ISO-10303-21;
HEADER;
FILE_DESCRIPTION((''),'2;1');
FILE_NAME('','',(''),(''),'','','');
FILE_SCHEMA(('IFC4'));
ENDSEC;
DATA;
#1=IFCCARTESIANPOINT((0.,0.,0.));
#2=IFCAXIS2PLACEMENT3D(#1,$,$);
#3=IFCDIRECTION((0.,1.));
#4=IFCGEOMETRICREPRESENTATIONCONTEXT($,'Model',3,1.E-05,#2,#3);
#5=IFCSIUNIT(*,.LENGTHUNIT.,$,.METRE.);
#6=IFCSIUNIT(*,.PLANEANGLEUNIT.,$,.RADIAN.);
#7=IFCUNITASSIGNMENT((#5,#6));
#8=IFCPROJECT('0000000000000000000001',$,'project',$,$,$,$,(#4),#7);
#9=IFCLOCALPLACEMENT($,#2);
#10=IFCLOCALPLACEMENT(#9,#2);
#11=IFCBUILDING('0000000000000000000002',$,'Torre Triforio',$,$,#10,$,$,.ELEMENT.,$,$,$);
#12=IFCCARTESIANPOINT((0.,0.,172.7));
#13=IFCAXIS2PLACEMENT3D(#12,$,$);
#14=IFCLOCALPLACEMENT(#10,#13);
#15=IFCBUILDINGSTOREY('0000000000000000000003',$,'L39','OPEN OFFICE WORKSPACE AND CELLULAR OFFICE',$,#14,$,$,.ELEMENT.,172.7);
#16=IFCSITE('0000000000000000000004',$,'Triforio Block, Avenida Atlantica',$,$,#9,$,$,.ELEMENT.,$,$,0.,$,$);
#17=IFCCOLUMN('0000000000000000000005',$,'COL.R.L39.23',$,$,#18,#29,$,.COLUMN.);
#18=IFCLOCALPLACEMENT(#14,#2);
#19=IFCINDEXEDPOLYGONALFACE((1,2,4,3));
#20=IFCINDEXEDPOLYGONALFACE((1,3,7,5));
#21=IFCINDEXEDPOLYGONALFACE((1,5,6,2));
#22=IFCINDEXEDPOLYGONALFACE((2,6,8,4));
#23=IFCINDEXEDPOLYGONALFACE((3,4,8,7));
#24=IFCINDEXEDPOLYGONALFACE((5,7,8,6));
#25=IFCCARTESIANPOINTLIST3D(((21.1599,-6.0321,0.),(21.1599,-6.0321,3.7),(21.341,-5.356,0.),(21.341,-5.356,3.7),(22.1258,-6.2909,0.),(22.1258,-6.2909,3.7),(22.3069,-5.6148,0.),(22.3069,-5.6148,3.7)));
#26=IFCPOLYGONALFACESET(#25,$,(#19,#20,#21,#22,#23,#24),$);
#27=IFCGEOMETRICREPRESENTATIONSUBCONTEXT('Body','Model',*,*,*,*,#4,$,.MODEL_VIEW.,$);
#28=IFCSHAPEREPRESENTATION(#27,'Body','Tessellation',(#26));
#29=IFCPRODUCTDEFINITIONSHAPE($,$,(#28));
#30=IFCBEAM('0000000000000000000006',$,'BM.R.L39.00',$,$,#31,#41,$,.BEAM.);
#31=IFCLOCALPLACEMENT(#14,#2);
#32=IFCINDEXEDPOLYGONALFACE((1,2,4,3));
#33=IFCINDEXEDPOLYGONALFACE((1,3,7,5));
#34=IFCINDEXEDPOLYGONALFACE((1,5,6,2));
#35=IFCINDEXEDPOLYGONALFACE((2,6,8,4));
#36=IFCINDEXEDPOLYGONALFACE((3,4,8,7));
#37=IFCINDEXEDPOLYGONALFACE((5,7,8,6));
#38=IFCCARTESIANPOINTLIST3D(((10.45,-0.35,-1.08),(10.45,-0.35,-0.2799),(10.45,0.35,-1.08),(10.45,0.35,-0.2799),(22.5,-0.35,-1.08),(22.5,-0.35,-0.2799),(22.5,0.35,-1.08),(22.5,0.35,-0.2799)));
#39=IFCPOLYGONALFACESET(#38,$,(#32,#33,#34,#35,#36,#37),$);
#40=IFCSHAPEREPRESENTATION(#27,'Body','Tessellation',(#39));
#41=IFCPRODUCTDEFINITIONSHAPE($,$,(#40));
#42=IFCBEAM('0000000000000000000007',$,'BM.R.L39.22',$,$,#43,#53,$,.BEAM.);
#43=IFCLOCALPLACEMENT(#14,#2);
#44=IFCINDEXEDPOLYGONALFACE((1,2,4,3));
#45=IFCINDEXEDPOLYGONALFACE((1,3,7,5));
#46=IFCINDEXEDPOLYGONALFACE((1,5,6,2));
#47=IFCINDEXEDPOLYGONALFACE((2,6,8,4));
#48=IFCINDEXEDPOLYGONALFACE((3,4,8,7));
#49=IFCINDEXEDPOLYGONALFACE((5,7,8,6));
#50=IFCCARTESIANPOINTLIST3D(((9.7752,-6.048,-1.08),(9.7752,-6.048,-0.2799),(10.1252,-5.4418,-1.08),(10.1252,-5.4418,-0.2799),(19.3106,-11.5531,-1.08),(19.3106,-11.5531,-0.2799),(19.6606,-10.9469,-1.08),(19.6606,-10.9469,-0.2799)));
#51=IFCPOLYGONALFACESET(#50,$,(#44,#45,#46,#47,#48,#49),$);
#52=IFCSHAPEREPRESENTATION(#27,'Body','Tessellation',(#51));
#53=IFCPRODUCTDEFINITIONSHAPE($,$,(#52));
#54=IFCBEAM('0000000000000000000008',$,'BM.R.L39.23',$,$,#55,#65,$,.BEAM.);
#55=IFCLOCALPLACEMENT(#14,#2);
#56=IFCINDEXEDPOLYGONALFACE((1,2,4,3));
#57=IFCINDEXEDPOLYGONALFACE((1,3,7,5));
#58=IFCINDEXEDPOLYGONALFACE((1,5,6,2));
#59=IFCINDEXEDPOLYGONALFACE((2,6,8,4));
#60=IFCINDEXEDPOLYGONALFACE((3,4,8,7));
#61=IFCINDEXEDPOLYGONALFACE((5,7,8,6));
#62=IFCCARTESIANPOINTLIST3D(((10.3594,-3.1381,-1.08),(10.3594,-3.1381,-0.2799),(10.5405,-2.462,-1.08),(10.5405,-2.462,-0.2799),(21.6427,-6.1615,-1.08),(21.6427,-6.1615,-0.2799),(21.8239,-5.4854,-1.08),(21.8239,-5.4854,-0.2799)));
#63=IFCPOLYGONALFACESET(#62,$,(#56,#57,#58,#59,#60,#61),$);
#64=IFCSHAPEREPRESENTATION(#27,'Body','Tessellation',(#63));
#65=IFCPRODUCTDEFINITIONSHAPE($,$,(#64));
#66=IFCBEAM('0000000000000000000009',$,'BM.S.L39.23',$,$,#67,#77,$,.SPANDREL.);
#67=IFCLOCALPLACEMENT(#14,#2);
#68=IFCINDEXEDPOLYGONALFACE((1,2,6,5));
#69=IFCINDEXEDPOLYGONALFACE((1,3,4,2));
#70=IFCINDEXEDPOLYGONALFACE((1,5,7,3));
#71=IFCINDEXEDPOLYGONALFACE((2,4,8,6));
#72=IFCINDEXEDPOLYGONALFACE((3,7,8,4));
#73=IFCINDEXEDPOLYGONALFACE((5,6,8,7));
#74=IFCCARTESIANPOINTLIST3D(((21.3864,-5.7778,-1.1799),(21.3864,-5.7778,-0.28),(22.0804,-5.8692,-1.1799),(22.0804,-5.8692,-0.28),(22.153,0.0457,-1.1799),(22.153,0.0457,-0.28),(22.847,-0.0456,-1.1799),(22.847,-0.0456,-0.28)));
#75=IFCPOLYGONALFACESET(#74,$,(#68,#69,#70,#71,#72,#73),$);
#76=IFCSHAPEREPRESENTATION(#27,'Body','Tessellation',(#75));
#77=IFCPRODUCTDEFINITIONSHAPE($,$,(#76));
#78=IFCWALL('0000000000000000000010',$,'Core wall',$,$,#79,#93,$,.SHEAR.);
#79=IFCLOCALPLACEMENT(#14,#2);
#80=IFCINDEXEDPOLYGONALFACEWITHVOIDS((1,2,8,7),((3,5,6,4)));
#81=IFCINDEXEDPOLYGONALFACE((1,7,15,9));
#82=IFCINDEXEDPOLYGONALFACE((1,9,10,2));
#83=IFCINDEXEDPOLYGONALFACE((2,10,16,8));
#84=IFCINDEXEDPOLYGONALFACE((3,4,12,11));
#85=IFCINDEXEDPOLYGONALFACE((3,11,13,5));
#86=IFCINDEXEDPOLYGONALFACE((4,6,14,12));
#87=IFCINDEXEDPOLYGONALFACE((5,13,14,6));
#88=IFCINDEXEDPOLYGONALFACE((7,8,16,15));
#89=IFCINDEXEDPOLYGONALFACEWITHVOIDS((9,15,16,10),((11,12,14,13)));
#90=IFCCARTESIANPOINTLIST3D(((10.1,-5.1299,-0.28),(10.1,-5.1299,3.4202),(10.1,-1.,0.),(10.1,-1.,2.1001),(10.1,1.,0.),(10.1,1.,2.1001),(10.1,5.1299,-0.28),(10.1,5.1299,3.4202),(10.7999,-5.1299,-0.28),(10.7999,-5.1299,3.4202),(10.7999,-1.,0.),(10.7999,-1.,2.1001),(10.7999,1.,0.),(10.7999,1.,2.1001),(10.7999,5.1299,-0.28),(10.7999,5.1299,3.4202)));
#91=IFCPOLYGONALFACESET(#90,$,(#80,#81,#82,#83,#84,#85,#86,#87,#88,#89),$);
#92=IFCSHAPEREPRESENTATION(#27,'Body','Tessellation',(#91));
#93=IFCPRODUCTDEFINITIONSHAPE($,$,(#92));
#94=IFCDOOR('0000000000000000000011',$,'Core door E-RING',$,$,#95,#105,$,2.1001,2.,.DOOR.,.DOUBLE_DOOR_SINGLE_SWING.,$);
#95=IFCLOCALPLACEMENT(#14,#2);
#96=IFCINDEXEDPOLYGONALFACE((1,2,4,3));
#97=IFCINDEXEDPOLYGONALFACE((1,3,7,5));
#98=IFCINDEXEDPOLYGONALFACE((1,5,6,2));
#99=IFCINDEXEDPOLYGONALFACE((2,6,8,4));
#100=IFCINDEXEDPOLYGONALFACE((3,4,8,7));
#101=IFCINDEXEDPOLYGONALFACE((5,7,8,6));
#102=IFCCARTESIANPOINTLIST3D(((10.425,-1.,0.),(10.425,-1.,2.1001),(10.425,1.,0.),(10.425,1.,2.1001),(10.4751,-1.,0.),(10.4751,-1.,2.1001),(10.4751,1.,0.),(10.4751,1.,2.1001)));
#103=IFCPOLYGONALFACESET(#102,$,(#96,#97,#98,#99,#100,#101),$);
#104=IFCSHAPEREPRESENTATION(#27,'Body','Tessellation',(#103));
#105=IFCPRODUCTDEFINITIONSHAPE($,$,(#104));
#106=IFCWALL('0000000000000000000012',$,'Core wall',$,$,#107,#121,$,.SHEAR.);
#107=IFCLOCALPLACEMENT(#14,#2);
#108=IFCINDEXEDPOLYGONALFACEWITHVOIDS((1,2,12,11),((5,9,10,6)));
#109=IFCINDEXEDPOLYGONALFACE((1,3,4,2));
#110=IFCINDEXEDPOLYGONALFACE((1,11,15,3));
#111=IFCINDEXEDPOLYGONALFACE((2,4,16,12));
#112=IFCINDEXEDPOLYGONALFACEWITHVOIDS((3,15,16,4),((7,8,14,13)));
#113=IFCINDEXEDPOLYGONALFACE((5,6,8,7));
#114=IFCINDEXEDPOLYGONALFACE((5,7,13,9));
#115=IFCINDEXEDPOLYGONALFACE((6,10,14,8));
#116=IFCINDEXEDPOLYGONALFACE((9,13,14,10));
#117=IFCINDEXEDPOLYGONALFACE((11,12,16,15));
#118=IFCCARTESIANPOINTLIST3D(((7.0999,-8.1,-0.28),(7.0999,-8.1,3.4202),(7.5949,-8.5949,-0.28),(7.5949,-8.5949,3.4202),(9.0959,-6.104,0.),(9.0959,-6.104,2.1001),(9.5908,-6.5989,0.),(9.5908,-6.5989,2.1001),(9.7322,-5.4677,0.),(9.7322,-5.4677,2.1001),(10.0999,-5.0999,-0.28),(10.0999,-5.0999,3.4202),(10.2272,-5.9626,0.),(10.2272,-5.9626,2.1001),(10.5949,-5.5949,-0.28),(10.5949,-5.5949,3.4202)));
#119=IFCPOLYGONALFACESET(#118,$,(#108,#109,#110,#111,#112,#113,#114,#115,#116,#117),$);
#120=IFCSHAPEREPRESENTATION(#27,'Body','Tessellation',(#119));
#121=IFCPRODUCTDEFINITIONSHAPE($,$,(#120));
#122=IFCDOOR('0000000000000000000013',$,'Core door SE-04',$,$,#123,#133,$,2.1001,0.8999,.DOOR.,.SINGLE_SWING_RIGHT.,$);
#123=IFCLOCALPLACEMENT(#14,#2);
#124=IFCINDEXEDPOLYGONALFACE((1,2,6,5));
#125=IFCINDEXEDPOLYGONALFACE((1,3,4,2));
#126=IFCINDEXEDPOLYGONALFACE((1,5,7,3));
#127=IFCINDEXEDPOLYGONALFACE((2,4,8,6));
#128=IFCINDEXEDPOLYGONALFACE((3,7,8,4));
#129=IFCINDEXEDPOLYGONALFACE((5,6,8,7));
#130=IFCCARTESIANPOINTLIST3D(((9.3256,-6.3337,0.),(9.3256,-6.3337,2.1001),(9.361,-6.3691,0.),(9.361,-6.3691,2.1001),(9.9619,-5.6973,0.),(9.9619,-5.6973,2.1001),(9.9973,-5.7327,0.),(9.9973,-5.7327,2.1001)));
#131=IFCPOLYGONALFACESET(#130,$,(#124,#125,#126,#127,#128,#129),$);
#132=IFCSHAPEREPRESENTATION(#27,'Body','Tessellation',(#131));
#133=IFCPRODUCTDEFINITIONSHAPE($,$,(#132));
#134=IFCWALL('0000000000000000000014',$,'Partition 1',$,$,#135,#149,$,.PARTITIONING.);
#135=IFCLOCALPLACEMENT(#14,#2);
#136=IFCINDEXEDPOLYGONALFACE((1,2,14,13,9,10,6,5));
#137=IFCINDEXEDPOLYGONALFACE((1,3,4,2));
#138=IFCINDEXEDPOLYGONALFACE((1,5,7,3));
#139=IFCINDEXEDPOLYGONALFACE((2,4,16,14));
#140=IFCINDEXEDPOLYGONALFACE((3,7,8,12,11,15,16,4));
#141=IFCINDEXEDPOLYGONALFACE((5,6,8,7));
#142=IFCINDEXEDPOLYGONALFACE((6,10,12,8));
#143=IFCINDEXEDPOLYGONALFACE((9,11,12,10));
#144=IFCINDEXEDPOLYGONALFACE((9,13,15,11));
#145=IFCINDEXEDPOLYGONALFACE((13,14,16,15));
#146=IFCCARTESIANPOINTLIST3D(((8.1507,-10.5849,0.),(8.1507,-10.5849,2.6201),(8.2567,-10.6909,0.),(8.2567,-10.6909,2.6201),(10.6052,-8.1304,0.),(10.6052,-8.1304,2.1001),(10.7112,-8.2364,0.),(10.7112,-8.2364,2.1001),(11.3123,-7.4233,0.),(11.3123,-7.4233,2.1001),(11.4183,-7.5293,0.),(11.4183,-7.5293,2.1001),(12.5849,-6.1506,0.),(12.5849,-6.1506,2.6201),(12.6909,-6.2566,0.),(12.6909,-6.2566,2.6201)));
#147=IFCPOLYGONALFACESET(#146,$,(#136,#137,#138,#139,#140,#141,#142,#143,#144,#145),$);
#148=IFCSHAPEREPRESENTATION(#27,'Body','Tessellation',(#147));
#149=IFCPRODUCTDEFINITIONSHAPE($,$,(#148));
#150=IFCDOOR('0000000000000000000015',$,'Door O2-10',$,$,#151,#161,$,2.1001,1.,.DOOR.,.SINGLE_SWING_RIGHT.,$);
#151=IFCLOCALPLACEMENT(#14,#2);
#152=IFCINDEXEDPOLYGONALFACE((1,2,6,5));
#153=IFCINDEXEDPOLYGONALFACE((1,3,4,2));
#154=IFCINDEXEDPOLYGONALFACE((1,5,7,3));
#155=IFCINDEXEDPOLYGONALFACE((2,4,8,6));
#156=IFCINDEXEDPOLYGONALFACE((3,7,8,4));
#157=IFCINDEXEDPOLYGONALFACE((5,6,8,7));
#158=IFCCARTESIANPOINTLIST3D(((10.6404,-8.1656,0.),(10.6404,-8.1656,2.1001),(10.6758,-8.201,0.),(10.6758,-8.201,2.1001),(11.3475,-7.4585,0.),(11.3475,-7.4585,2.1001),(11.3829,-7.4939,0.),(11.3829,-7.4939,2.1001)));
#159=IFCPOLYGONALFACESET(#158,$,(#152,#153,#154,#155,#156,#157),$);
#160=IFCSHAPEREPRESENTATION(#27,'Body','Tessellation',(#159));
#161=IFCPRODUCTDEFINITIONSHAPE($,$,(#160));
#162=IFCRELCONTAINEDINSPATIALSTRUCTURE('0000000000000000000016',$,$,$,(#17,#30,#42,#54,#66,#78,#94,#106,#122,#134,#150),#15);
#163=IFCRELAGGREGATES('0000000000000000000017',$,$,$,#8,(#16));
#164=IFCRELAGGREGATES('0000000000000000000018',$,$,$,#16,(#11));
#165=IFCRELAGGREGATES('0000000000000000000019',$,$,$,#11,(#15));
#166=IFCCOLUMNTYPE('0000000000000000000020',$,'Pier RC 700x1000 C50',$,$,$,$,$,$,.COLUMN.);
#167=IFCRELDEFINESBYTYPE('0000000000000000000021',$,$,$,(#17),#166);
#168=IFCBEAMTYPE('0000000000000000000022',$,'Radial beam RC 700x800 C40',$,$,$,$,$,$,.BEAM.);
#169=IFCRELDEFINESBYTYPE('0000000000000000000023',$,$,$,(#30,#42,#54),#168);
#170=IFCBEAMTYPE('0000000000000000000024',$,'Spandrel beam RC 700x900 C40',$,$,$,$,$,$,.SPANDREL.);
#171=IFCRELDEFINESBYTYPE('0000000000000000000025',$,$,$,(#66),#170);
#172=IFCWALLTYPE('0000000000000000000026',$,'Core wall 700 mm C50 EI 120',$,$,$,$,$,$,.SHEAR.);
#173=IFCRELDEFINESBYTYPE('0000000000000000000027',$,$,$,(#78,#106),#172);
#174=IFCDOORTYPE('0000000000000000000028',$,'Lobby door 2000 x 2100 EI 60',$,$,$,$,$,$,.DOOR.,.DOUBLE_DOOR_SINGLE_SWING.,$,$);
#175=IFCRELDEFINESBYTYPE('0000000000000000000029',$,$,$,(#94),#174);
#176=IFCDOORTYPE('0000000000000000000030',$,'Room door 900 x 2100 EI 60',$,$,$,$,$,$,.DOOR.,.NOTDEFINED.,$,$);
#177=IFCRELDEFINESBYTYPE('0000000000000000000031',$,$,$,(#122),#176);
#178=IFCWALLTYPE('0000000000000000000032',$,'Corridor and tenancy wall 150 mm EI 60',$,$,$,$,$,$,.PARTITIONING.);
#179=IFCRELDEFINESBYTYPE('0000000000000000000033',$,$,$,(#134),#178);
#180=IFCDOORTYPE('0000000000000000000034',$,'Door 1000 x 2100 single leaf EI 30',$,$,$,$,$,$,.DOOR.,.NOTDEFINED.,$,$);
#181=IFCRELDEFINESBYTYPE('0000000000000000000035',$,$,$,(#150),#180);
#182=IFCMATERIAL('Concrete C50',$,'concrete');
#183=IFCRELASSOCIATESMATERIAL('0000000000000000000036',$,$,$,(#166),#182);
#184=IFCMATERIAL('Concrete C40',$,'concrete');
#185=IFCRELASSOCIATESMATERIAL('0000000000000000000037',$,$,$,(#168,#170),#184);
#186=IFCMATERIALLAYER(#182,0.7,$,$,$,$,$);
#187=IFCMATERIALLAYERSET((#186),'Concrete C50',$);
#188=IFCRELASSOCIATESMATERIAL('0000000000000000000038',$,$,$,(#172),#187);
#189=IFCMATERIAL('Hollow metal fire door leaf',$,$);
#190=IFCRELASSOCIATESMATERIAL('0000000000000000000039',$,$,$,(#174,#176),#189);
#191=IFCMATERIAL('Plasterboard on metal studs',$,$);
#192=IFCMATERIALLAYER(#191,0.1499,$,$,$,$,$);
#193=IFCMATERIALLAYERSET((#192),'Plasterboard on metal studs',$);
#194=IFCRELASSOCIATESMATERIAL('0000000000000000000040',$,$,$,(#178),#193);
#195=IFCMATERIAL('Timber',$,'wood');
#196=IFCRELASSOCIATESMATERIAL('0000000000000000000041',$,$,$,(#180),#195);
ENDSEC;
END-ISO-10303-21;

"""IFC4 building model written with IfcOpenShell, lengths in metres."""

from ifc_helpers import new_model, si_unit, direction, frame, frame_2d, origin, origin_2d, place, context, subcontext, project, spatial, rectangle, extrude, material, layer, layer_set, material_profile, profile_set, type_object, element, fill, save


model = new_model("IFC4")

# Units and contexts
model_context = context("Model", 3, precision=1e-05, world=origin(), true_north=direction((0.0, 1.0)))
body_context = subcontext(model_context, "Body", "Model", "MODEL_VIEW")
ifc_project = project(units=[si_unit("LENGTHUNIT", "METRE"), si_unit("PLANEANGLEUNIT", "RADIAN")], contexts=[model_context])

# Site, building, storey
site_placement = place(None, origin())
site = spatial("IfcSite", under=ifc_project, at=site_placement, Name="Triforio Block, Avenida Atlantica", CompositionType="ELEMENT", RefElevation=0.0)
building_placement = place(site_placement, origin())
building = spatial("IfcBuilding", under=site, at=building_placement, Name="Torre Triforio", CompositionType="ELEMENT")
storey_placement = place(building_placement, frame((0.0, 0.0, 172.7)))
storey = spatial("IfcBuildingStorey", under=building, at=storey_placement, Name="L39", Description="OPEN OFFICE WORKSPACE AND CELLULAR OFFICE", CompositionType="ELEMENT", Elevation=172.7)

# Column
ifc_material_1 = material(Name="Concrete C50", Category="concrete")
ifc_material_profile_1 = material_profile(ifc_material_1, rectangle(XDim=0.7, YDim=1.0, at=origin_2d()), Name="RC 700x1000")
ifc_profile_set_1 = profile_set([ifc_material_profile_1], Name="Concrete C50")
column_type = type_object("IfcColumnType", Name="Pier RC 700x1000 C50", PredefinedType="COLUMN", material=ifc_profile_set_1)
column_placement = place(storey_placement, frame((21.7334, -5.8235, 0.0), z_axis=(0.0, 0.0, 1.0), x_axis=(0.258819, 0.965926, 0.0)))
element("IfcColumn", 1, at=column_placement, inside=storey, type_object=column_type, Name="COL.R.L39.23", PredefinedType="COLUMN", context=body_context, shape_type="SweptSolid", body=[
    extrude(rectangle(XDim=0.7, YDim=1.0, at=origin_2d()), origin(), (0.0, 0.0, 1.0), 3.7),
])

# Beams
ifc_material_2 = material(Name="Concrete C40", Category="concrete")
ifc_material_profile_2 = material_profile(ifc_material_2, rectangle(XDim=0.7, YDim=0.8, at=origin_2d()), Name="RC 700x800")
ifc_profile_set_2 = profile_set([ifc_material_profile_2], Name="Concrete C40")
beam_type_1 = type_object("IfcBeamType", Name="Radial beam RC 700x800 C40", PredefinedType="BEAM", material=ifc_profile_set_2)
beam_1_placement = place(storey_placement, frame((10.45, 0.0, -0.6799), z_axis=(1.0, 0.0, 0.0), x_axis=(0.0, 1.0, 0.0)))
element("IfcBeam", 2, at=beam_1_placement, inside=storey, type_object=beam_type_1, Name="BM.R.L39.00", PredefinedType="BEAM", context=body_context, shape_type="SweptSolid", body=[
    extrude(rectangle(XDim=0.7, YDim=0.8, at=origin_2d()), origin(), (0.0, 0.0, 1.0), 12.05),
])
beam_2_placement = place(storey_placement, frame((9.9502, -5.7449, -0.6799), z_axis=(0.866031, -0.499991, 0.0), x_axis=(0.499991, 0.866031, 0.0)))
element("IfcBeam", 3, at=beam_2_placement, inside=storey, type_object=beam_type_1, Name="BM.R.L39.22", PredefinedType="BEAM", context=body_context, shape_type="SweptSolid", body=[
    extrude(rectangle(XDim=0.7, YDim=0.8, at=origin_2d()), origin(), (0.0, 0.0, 1.0), 11.0105),
])
beam_3_placement = place(storey_placement, frame((10.45, -2.8, -0.6799), z_axis=(0.965925, -0.258823, 0.0), x_axis=(0.258823, 0.965925, 0.0)))
element("IfcBeam", 4, at=beam_3_placement, inside=storey, type_object=beam_type_1, Name="BM.R.L39.23", PredefinedType="BEAM", context=body_context, shape_type="SweptSolid", body=[
    extrude(rectangle(XDim=0.7, YDim=0.8, at=origin_2d()), origin(), (0.0, 0.0, 1.0), 11.6814),
])
ifc_material_profile_3 = material_profile(ifc_material_2, rectangle(XDim=0.7, YDim=0.8999, at=origin_2d()), Name="RC 700x900")
ifc_profile_set_3 = profile_set([ifc_material_profile_3], Name="Concrete C40")
beam_type_2 = type_object("IfcBeamType", Name="Spandrel beam RC 700x900 C40", PredefinedType="SPANDREL", material=ifc_profile_set_3)
beam_4_placement = place(storey_placement, frame((21.7334, -5.8235, -0.73), z_axis=(0.130514, 0.991447, 0.0), x_axis=(-0.991447, 0.130514, 0.0)))
element("IfcBeam", 5, at=beam_4_placement, inside=storey, type_object=beam_type_2, Name="BM.S.L39.23", PredefinedType="SPANDREL", context=body_context, shape_type="SweptSolid", body=[
    extrude(rectangle(XDim=0.7, YDim=0.8999, at=origin_2d()), origin(), (0.0, 0.0, 1.0), 5.8738),
])

# Walls, openings, doors
ifc_layer_1 = layer(ifc_material_1, 0.7)
ifc_layer_set_1 = layer_set([ifc_layer_1], Name="Concrete C50")
wall_type_1 = type_object("IfcWallType", Name="Core wall 700 mm C50 EI 120", PredefinedType="SHEAR", material=ifc_layer_set_1)
wall_1_placement = place(storey_placement, frame((10.45, -5.1299, -0.28), z_axis=(0.0, 0.0, 1.0), x_axis=(0.0, 1.0, 0.0)))
wall_1 = element("IfcWall", 6, at=wall_1_placement, inside=storey, type_object=wall_type_1, Name="Core wall", PredefinedType="SHEAR", context=body_context, shape_type="SweptSolid", body=[
    extrude(rectangle(XDim=10.2598, YDim=0.7, at=frame_2d((5.1299, 0.0))), origin(), (0.0, 0.0, 1.0), 3.7002),
])
opening_1_placement = place(wall_1_placement, frame((4.1299, 0.0, 0.28)))
opening_1 = element("IfcOpeningElement", 7, at=opening_1_placement, cuts=wall_1, PredefinedType="OPENING", context=body_context, shape_type="SweptSolid", body=[
    extrude(rectangle(XDim=2.0, YDim=2.1001, at=frame_2d((1.0, 1.05))), frame((0.0, 0.3599, 0.0), z_axis=(0.0, -1.0, 0.0), x_axis=(1.0, 0.0, 0.0)), (0.0, 0.0, 1.0), 0.72),
])
ifc_material_3 = material(Name="Hollow metal fire door leaf")
door_type_1 = type_object("IfcDoorType", Name="Lobby door 2000 x 2100 EI 60", OperationType="DOUBLE_DOOR_SINGLE_SWING", PredefinedType="DOOR", material=ifc_material_3)
door_1_placement = place(opening_1_placement, origin())
door_1 = element("IfcDoor", 8, at=door_1_placement, inside=storey, type_object=door_type_1, Name="Core door E-RING", OperationType="DOUBLE_DOOR_SINGLE_SWING", OverallHeight=2.1001, OverallWidth=2.0, PredefinedType="DOOR", context=body_context, shape_type="SweptSolid", body=[
    extrude(rectangle(XDim=2.0, YDim=2.1001, at=frame_2d((1.0, 1.05))), frame((0.0, 0.0249, 0.0), z_axis=(0.0, -1.0, 0.0), x_axis=(1.0, 0.0, 0.0)), (0.0, 0.0, 1.0), 0.05),
])
fill(opening_1, door_1)
wall_2_placement = place(storey_placement, frame((10.3474, -5.3474, -0.28), z_axis=(0.0, 0.0, 1.0), x_axis=(-0.707107, -0.707107, 0.0)))
wall_2 = element("IfcWall", 9, at=wall_2_placement, inside=storey, type_object=wall_type_1, Name="Core wall", PredefinedType="SHEAR", context=body_context, shape_type="SweptSolid", body=[
    extrude(rectangle(XDim=4.2427, YDim=0.7, at=frame_2d((2.1213, 0.0))), origin(), (0.0, 0.0, 1.0), 3.7002),
])
opening_2_placement = place(wall_2_placement, frame((0.52, 0.0, 0.28)))
opening_2 = element("IfcOpeningElement", 10, at=opening_2_placement, cuts=wall_2, PredefinedType="OPENING", context=body_context, shape_type="SweptSolid", body=[
    extrude(rectangle(XDim=0.8999, YDim=2.1001, at=frame_2d((0.45, 1.05))), frame((0.0, 0.3599, 0.0), z_axis=(0.0, -1.0, 0.0), x_axis=(1.0, 0.0, 0.0)), (0.0, 0.0, 1.0), 0.72),
])
door_type_2 = type_object("IfcDoorType", Name="Room door 900 x 2100 EI 60", OperationType="NOTDEFINED", PredefinedType="DOOR", material=ifc_material_3)
door_2_placement = place(opening_2_placement, origin())
door_2 = element("IfcDoor", 11, at=door_2_placement, inside=storey, type_object=door_type_2, Name="Core door SE-04", OperationType="SINGLE_SWING_RIGHT", OverallHeight=2.1001, OverallWidth=0.8999, PredefinedType="DOOR", context=body_context, shape_type="SweptSolid", body=[
    extrude(rectangle(XDim=0.8999, YDim=2.1001, at=frame_2d((0.45, 1.05))), frame((0.0, 0.0249, 0.0), z_axis=(0.0, -1.0, 0.0), x_axis=(1.0, 0.0, 0.0)), (0.0, 0.0, 1.0), 0.05),
])
fill(opening_2, door_2)
ifc_material_4 = material(Name="Plasterboard on metal studs")
ifc_layer_2 = layer(ifc_material_4, 0.1499)
ifc_layer_set_2 = layer_set([ifc_layer_2], Name="Plasterboard on metal studs")
wall_type_2 = type_object("IfcWallType", Name="Corridor and tenancy wall 150 mm EI 60", PredefinedType="PARTITIONING", material=ifc_layer_set_2)
wall_3_placement = place(storey_placement, frame((12.6379, -6.2036, 0.0), z_axis=(0.0, 0.0, 1.0), x_axis=(-0.707107, -0.707107, 0.0)))
wall_3 = element("IfcWall", 12, at=wall_3_placement, inside=storey, type_object=wall_type_2, Name="Partition 1", PredefinedType="PARTITIONING", context=body_context, shape_type="SweptSolid", body=[
    extrude(rectangle(XDim=6.271, YDim=0.1499, at=frame_2d((3.1355, 0.0))), origin(), (0.0, 0.0, 1.0), 2.6201),
])
opening_3_placement = place(wall_3_placement, frame((1.7998, 0.0, 0.0)))
opening_3 = element("IfcOpeningElement", 13, at=opening_3_placement, cuts=wall_3, PredefinedType="OPENING", context=body_context, shape_type="SweptSolid", body=[
    extrude(rectangle(XDim=1.0, YDim=2.1001, at=frame_2d((0.5, 1.05))), frame((0.0, 0.085, 0.0), z_axis=(0.0, -1.0, 0.0), x_axis=(1.0, 0.0, 0.0)), (0.0, 0.0, 1.0), 0.1699),
])
ifc_material_5 = material(Name="Timber", Category="wood")
door_type_3 = type_object("IfcDoorType", Name="Door 1000 x 2100 single leaf EI 30", OperationType="NOTDEFINED", PredefinedType="DOOR", material=ifc_material_5)
door_3_placement = place(opening_3_placement, origin())
door_3 = element("IfcDoor", 14, at=door_3_placement, inside=storey, type_object=door_type_3, Name="Door O2-10", OperationType="SINGLE_SWING_RIGHT", OverallHeight=2.1001, OverallWidth=1.0, PredefinedType="DOOR", context=body_context, shape_type="SweptSolid", body=[
    extrude(rectangle(XDim=1.0, YDim=2.1001, at=frame_2d((0.5, 1.05))), frame((0.0, 0.0249, 0.0), z_axis=(0.0, -1.0, 0.0), x_axis=(1.0, 0.0, 0.0)), (0.0, 0.0, 1.0), 0.05),
])
fill(opening_3, door_3)

save(model, "model.ifc")
